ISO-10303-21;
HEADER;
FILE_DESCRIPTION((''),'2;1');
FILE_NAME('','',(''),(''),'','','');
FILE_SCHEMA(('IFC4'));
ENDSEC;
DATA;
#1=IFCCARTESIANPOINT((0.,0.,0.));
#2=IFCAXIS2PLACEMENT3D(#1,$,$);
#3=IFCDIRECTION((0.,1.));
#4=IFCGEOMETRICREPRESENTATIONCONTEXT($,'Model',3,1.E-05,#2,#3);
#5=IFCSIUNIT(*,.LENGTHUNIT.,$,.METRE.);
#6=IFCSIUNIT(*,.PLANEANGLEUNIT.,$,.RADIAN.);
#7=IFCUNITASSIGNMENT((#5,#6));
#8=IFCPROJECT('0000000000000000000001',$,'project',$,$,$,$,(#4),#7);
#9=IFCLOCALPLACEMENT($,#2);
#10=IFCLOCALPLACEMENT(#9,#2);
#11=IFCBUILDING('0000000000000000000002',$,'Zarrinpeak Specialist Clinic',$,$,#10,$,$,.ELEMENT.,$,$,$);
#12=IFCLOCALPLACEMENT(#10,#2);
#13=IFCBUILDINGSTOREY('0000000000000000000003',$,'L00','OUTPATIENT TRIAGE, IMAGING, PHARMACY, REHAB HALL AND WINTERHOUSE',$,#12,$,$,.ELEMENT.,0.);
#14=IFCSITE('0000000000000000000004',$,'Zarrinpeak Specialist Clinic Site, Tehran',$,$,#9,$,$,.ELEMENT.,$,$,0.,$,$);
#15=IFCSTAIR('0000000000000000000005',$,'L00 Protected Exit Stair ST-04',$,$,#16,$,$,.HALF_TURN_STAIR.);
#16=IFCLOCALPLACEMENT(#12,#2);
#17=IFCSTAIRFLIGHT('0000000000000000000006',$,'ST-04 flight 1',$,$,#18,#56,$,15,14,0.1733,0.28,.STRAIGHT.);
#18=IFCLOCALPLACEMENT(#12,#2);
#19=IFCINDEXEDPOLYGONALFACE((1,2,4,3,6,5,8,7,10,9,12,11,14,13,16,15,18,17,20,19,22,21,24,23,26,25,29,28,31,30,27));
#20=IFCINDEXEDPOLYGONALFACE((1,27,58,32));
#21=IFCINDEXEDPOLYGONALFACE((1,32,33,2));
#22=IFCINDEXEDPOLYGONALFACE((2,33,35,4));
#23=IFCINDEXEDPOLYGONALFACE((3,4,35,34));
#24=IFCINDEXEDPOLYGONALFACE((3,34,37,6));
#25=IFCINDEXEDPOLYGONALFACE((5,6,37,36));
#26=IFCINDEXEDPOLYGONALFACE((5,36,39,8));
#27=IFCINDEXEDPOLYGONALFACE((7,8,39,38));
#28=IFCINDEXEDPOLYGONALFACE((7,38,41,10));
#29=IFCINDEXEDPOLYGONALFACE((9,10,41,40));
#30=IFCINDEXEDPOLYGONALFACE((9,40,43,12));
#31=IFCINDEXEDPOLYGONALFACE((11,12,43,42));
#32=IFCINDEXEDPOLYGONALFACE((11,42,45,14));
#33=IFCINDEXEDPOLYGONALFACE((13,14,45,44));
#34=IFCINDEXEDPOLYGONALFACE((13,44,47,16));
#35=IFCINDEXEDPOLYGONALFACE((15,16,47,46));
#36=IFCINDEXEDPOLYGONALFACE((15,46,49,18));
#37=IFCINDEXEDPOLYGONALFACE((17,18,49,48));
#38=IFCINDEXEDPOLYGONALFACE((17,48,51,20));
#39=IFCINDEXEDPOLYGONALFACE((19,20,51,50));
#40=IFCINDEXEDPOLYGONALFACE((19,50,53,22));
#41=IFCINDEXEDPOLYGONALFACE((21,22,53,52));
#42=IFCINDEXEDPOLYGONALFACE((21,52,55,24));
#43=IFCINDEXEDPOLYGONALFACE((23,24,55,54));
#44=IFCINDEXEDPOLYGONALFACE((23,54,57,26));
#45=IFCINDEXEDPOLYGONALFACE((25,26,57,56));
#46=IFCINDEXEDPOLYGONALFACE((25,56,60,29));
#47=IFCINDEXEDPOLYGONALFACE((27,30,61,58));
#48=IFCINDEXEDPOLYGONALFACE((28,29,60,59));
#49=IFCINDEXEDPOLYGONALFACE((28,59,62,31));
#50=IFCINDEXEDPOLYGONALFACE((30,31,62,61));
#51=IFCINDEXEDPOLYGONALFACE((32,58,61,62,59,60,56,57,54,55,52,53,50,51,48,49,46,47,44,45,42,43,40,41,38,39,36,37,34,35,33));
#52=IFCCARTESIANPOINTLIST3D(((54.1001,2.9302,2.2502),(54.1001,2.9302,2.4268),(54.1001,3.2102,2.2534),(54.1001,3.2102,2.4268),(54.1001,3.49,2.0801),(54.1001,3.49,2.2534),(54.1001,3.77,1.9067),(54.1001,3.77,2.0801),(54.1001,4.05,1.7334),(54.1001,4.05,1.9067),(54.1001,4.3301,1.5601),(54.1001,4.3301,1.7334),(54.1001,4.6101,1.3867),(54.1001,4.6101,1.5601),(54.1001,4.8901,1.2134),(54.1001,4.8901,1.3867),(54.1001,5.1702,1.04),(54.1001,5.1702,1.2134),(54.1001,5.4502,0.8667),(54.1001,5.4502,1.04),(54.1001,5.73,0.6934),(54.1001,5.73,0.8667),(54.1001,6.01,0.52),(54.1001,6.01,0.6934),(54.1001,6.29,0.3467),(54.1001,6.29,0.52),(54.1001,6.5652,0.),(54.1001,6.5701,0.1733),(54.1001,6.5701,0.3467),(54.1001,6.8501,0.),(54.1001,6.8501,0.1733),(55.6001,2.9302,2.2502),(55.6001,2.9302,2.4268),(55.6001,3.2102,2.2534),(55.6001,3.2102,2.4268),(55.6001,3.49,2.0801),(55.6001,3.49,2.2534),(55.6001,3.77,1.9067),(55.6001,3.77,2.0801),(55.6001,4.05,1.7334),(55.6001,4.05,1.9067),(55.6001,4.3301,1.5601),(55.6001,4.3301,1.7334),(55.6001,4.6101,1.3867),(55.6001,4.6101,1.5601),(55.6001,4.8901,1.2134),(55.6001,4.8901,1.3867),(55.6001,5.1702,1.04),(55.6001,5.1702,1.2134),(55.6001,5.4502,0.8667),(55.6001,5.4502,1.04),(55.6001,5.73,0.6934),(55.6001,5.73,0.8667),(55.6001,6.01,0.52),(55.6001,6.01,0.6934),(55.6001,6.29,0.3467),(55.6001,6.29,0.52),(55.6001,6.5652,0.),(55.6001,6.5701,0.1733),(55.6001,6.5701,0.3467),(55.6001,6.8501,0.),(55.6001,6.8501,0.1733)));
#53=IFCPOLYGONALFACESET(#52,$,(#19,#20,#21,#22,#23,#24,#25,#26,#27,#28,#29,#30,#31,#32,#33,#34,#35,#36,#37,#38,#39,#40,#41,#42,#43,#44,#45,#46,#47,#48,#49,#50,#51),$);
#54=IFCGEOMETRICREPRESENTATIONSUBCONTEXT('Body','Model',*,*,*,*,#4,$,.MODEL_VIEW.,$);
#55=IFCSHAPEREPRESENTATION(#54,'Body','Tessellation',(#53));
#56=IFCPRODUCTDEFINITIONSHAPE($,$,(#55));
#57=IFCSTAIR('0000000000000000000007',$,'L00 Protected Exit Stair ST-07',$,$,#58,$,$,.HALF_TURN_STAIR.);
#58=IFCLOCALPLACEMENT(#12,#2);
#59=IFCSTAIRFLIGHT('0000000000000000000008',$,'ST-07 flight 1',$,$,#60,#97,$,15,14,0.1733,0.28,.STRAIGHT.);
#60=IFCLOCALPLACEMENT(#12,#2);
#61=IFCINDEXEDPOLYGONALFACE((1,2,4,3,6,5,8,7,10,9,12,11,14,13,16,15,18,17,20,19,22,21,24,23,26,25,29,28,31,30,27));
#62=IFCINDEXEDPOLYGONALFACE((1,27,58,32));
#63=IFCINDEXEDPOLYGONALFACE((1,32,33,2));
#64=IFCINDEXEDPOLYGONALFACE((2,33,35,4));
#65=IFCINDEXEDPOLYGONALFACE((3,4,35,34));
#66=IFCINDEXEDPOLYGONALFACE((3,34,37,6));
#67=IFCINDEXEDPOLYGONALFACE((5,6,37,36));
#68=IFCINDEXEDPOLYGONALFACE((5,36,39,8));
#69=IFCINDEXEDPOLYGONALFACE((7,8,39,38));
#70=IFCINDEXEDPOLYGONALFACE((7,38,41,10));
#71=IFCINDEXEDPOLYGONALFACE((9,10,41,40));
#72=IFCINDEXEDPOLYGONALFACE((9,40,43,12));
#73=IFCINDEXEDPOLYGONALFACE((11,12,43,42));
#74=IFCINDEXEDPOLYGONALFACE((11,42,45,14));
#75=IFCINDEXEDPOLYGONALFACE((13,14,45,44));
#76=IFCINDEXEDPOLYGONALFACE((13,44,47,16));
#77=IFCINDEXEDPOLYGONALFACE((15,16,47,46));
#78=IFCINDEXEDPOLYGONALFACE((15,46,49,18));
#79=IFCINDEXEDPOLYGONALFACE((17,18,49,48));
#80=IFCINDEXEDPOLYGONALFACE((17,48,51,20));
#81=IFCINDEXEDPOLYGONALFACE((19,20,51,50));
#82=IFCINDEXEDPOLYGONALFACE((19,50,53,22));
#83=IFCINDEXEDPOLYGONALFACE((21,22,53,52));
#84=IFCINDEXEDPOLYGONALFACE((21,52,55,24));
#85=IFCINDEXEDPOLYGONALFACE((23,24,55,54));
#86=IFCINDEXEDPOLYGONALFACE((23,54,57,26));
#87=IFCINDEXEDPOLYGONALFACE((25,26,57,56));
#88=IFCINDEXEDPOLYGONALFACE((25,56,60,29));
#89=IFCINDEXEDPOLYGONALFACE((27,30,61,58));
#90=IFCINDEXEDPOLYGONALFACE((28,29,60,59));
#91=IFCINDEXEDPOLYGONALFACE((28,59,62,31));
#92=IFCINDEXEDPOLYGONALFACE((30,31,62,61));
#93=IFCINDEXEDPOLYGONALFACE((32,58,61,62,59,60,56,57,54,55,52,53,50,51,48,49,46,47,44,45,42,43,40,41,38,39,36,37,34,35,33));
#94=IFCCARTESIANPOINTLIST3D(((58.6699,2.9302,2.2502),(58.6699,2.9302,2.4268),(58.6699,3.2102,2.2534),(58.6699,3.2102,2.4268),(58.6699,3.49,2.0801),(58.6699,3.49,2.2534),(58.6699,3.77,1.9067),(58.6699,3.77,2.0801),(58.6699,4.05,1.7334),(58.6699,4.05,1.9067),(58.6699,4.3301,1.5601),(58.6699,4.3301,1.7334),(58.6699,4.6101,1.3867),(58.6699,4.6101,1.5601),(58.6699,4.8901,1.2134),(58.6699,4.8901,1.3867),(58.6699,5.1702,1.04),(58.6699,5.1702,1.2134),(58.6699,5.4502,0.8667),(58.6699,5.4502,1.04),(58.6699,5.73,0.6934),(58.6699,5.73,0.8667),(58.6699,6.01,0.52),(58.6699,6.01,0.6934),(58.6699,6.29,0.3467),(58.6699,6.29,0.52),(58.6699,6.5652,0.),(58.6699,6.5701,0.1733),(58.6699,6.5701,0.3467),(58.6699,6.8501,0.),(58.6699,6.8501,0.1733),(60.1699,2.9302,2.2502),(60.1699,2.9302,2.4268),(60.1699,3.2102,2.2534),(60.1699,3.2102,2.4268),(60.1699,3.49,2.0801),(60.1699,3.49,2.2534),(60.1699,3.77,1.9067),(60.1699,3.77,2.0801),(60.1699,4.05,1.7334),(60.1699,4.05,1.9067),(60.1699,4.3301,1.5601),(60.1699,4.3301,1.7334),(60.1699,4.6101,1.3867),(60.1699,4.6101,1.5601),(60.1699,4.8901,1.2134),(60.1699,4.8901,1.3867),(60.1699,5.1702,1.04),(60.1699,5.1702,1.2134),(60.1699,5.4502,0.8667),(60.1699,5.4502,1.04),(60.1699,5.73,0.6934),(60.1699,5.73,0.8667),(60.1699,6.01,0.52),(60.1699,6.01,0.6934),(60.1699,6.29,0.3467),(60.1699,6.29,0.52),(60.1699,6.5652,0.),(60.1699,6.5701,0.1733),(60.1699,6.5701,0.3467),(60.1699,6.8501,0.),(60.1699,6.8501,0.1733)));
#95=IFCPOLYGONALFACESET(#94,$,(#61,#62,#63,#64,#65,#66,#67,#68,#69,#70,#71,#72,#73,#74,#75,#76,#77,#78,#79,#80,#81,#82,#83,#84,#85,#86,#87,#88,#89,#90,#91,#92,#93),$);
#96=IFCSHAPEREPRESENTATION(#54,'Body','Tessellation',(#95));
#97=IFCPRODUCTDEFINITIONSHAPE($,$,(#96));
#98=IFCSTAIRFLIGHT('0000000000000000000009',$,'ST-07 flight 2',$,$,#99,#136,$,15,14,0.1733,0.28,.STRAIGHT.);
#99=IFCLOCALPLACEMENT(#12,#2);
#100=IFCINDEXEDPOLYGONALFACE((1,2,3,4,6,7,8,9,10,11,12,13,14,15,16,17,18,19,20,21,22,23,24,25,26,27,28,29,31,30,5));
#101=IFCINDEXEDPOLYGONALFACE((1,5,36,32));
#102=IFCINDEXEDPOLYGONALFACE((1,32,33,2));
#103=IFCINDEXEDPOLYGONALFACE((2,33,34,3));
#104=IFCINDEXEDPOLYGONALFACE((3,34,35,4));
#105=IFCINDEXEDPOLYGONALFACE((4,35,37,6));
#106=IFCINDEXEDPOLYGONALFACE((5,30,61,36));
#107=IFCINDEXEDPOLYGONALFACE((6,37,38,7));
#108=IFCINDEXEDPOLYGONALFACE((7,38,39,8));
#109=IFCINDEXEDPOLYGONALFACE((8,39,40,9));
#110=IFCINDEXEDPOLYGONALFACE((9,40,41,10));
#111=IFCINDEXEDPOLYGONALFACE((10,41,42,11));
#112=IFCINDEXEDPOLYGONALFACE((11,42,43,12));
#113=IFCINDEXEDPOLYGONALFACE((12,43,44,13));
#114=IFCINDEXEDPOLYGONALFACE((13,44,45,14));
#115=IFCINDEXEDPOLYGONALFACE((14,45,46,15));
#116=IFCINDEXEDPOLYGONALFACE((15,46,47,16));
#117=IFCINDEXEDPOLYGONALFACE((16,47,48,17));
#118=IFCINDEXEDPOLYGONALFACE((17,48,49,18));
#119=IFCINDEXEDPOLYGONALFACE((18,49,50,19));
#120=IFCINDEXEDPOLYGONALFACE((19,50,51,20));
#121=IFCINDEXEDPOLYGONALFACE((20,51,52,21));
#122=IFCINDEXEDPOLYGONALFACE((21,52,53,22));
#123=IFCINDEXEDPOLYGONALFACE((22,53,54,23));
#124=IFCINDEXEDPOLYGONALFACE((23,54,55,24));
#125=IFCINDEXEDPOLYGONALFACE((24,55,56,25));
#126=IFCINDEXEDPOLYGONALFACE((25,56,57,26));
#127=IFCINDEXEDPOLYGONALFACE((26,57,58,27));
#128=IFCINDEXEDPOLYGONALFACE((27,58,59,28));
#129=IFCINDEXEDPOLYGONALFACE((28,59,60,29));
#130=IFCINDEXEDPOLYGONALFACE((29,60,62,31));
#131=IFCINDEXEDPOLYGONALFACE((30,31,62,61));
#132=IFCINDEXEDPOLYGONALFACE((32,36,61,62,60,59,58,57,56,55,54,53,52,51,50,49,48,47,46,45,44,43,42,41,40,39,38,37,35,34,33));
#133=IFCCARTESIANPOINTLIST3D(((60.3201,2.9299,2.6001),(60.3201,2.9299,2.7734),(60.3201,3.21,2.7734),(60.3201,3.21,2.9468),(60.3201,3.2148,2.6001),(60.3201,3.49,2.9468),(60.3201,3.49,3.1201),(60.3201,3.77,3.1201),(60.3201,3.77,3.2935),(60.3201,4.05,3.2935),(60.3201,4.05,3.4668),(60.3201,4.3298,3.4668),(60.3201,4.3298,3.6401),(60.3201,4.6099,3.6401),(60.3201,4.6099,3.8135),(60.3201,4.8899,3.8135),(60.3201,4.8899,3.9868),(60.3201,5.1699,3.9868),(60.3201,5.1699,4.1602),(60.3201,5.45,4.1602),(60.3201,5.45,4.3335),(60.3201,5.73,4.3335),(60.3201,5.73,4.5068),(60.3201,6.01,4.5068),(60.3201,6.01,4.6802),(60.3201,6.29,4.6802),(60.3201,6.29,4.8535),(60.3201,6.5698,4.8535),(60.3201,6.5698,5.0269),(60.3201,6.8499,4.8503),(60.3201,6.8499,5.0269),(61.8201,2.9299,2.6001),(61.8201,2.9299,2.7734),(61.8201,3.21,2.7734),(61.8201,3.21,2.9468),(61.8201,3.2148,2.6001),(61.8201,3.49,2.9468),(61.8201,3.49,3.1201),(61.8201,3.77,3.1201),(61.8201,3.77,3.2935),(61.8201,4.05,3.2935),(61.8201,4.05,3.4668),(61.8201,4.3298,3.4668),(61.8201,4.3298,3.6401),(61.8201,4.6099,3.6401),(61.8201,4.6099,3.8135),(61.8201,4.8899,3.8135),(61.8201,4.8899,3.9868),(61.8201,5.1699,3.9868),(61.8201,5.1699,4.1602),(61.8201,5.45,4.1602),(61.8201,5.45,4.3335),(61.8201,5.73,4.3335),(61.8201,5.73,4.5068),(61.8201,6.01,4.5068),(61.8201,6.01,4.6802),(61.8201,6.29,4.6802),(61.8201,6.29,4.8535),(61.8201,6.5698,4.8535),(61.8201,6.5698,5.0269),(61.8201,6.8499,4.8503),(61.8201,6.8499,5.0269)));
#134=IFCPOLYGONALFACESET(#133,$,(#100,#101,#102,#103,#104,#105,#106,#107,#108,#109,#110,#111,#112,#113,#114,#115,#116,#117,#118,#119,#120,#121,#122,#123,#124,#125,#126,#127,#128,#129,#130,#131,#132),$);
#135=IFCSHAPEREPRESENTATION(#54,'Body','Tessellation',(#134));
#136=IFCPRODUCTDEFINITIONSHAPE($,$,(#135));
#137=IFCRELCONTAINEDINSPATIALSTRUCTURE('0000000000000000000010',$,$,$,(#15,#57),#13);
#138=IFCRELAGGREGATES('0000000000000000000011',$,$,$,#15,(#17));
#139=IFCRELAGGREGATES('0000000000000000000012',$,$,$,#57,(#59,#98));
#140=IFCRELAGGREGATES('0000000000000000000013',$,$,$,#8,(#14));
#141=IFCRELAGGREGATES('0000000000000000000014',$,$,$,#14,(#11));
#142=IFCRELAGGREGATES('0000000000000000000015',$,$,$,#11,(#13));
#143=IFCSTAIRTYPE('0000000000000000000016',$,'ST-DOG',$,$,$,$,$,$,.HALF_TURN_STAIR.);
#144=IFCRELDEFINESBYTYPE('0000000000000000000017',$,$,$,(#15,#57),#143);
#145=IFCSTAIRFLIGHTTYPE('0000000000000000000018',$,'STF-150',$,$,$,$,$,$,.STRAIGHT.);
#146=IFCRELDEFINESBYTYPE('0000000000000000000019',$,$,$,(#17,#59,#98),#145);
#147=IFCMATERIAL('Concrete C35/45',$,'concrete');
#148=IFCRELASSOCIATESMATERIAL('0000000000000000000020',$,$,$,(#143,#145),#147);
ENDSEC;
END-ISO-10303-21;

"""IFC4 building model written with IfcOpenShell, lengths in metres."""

from ifc_helpers import new_model, si_unit, direction, frame, origin, place, context, subcontext, project, spatial, polyline, outline, extrude, material, type_object, element, aggregate, save


model = new_model("IFC4")

# Units and contexts
model_context = context("Model", 3, precision=1e-05, world=origin(), true_north=direction((0.0, 1.0)))
body_context = subcontext(model_context, "Body", "Model", "MODEL_VIEW")
ifc_project = project(units=[si_unit("LENGTHUNIT", "METRE"), si_unit("PLANEANGLEUNIT", "RADIAN")], contexts=[model_context])

# Site, building, storey
site_placement = place(None, origin())
site = spatial("IfcSite", under=ifc_project, at=site_placement, Name="Zarrinpeak Specialist Clinic Site, Tehran", CompositionType="ELEMENT", RefElevation=0.0)
building_placement = place(site_placement, origin())
building = spatial("IfcBuilding", under=site, at=building_placement, Name="Zarrinpeak Specialist Clinic", CompositionType="ELEMENT")
storey_placement = place(building_placement, origin())
storey = spatial("IfcBuildingStorey", under=building, at=storey_placement, Name="L00", Description="OUTPATIENT TRIAGE, IMAGING, PHARMACY, REHAB HALL AND WINTERHOUSE", CompositionType="ELEMENT", Elevation=0.0)

# Stair, stair flight
ifc_material_1 = material(Name="Concrete C35/45", Category="concrete")
stair_type = type_object("IfcStairType", Name="ST-DOG", PredefinedType="HALF_TURN_STAIR", material=ifc_material_1)
stair_1_placement = place(storey_placement, origin())
stair_1 = element("IfcStair", 1, at=stair_1_placement, inside=storey, type_object=stair_type, Name="L00 Protected Exit Stair ST-04", PredefinedType="HALF_TURN_STAIR")
stair_flight_type = type_object("IfcStairFlightType", Name="STF-150", PredefinedType="STRAIGHT", material=ifc_material_1)
stair_flight_1_placement = place(storey_placement, frame((54.8501, 6.8501, 0.0), z_axis=(0.0, 0.0, 1.0), x_axis=(0.0, -1.0, 0.0)))
stair_flight_1 = element("IfcStairFlight", 2, at=stair_flight_1_placement, type_object=stair_flight_type, Name="ST-04 flight 1", NumberOfRisers=15, NumberOfTreads=14, PredefinedType="STRAIGHT", RiserHeight=0.1733, TreadLength=0.28, context=body_context, shape_type="SweptSolid", body=[
    extrude(outline(polyline([(0.0, 0.0), (0.0, 0.1733), (0.28, 0.1733), (0.28, 0.3467), (0.5601, 0.3467), (0.5601, 0.52), (0.8401, 0.52), (0.8401, 0.6934), (1.1201, 0.6934), (1.1201, 0.8667), (1.3999, 0.8667), (1.3999, 1.04), (1.6799, 1.04), (1.6799, 1.2134), (1.96, 1.2134), (1.96, 1.3867), (2.24, 1.3867), (2.24, 1.5601), (2.52, 1.5601), (2.52, 1.7334), (2.8, 1.7334), (2.8, 1.9067), (3.0801, 1.9067), (3.0801, 2.0801), (3.3601, 2.0801), (3.3601, 2.2534), (3.6399, 2.2534), (3.6399, 2.4268), (3.9199, 2.4268), (3.9199, 2.6001), (3.9199, 2.2502), (0.2849, 0.0), (0.0, 0.0)])), frame((0.0, 0.75, 0.0), z_axis=(0.0, -1.0, 0.0), x_axis=(1.0, 0.0, 0.0)), (0.0, 0.0, 1.0), 1.5),
])
aggregate(stair_1, [stair_flight_1])

# Stair, stair flights
stair_2_placement = place(storey_placement, origin())
stair_2 = element("IfcStair", 3, at=stair_2_placement, inside=storey, type_object=stair_type, Name="L00 Protected Exit Stair ST-07", PredefinedType="HALF_TURN_STAIR")
stair_flight_2_placement = place(storey_placement, frame((59.4199, 6.8501, 0.0), z_axis=(0.0, 0.0, 1.0), x_axis=(0.0, -1.0, 0.0)))
stair_flight_2 = element("IfcStairFlight", 4, at=stair_flight_2_placement, type_object=stair_flight_type, Name="ST-07 flight 1", NumberOfRisers=15, NumberOfTreads=14, PredefinedType="STRAIGHT", RiserHeight=0.1733, TreadLength=0.28, context=body_context, shape_type="SweptSolid", body=[
    extrude(outline(polyline([(0.0, 0.0), (0.0, 0.1733), (0.28, 0.1733), (0.28, 0.3467), (0.5601, 0.3467), (0.5601, 0.52), (0.8401, 0.52), (0.8401, 0.6934), (1.1201, 0.6934), (1.1201, 0.8667), (1.3999, 0.8667), (1.3999, 1.04), (1.6799, 1.04), (1.6799, 1.2134), (1.96, 1.2134), (1.96, 1.3867), (2.24, 1.3867), (2.24, 1.5601), (2.52, 1.5601), (2.52, 1.7334), (2.8, 1.7334), (2.8, 1.9067), (3.0801, 1.9067), (3.0801, 2.0801), (3.3601, 2.0801), (3.3601, 2.2534), (3.6399, 2.2534), (3.6399, 2.4268), (3.9199, 2.4268), (3.9199, 2.6001), (3.9199, 2.2502), (0.2849, 0.0), (0.0, 0.0)])), frame((0.0, 0.75, 0.0), z_axis=(0.0, -1.0, 0.0), x_axis=(1.0, 0.0, 0.0)), (0.0, 0.0, 1.0), 1.5),
])
stair_flight_3_placement = place(storey_placement, frame((61.0701, 2.9299, 2.6001), z_axis=(0.0, 0.0, 1.0), x_axis=(0.0, 1.0, 0.0)))
stair_flight_3 = element("IfcStairFlight", 5, at=stair_flight_3_placement, type_object=stair_flight_type, Name="ST-07 flight 2", NumberOfRisers=15, NumberOfTreads=14, PredefinedType="STRAIGHT", RiserHeight=0.1733, TreadLength=0.28, context=body_context, shape_type="SweptSolid", body=[
    extrude(outline(polyline([(0.0, 0.0), (0.0, 0.1733), (0.28, 0.1733), (0.28, 0.3467), (0.5601, 0.3467), (0.5601, 0.52), (0.8401, 0.52), (0.8401, 0.6934), (1.1201, 0.6934), (1.1201, 0.8667), (1.3999, 0.8667), (1.3999, 1.04), (1.6799, 1.04), (1.6799, 1.2134), (1.96, 1.2134), (1.96, 1.3867), (2.24, 1.3867), (2.24, 1.5601), (2.52, 1.5601), (2.52, 1.7334), (2.8, 1.7334), (2.8, 1.9067), (3.0801, 1.9067), (3.0801, 2.0801), (3.3601, 2.0801), (3.3601, 2.2534), (3.6399, 2.2534), (3.6399, 2.4268), (3.9199, 2.4268), (3.9199, 2.6001), (3.9199, 2.2502), (0.2849, 0.0), (0.0, 0.0)])), frame((0.0, 0.75, 0.0), z_axis=(0.0, -1.0, 0.0), x_axis=(1.0, 0.0, 0.0)), (0.0, 0.0, 1.0), 1.5),
])
aggregate(stair_2, [stair_flight_2, stair_flight_3])

save(model, "model.ifc")
